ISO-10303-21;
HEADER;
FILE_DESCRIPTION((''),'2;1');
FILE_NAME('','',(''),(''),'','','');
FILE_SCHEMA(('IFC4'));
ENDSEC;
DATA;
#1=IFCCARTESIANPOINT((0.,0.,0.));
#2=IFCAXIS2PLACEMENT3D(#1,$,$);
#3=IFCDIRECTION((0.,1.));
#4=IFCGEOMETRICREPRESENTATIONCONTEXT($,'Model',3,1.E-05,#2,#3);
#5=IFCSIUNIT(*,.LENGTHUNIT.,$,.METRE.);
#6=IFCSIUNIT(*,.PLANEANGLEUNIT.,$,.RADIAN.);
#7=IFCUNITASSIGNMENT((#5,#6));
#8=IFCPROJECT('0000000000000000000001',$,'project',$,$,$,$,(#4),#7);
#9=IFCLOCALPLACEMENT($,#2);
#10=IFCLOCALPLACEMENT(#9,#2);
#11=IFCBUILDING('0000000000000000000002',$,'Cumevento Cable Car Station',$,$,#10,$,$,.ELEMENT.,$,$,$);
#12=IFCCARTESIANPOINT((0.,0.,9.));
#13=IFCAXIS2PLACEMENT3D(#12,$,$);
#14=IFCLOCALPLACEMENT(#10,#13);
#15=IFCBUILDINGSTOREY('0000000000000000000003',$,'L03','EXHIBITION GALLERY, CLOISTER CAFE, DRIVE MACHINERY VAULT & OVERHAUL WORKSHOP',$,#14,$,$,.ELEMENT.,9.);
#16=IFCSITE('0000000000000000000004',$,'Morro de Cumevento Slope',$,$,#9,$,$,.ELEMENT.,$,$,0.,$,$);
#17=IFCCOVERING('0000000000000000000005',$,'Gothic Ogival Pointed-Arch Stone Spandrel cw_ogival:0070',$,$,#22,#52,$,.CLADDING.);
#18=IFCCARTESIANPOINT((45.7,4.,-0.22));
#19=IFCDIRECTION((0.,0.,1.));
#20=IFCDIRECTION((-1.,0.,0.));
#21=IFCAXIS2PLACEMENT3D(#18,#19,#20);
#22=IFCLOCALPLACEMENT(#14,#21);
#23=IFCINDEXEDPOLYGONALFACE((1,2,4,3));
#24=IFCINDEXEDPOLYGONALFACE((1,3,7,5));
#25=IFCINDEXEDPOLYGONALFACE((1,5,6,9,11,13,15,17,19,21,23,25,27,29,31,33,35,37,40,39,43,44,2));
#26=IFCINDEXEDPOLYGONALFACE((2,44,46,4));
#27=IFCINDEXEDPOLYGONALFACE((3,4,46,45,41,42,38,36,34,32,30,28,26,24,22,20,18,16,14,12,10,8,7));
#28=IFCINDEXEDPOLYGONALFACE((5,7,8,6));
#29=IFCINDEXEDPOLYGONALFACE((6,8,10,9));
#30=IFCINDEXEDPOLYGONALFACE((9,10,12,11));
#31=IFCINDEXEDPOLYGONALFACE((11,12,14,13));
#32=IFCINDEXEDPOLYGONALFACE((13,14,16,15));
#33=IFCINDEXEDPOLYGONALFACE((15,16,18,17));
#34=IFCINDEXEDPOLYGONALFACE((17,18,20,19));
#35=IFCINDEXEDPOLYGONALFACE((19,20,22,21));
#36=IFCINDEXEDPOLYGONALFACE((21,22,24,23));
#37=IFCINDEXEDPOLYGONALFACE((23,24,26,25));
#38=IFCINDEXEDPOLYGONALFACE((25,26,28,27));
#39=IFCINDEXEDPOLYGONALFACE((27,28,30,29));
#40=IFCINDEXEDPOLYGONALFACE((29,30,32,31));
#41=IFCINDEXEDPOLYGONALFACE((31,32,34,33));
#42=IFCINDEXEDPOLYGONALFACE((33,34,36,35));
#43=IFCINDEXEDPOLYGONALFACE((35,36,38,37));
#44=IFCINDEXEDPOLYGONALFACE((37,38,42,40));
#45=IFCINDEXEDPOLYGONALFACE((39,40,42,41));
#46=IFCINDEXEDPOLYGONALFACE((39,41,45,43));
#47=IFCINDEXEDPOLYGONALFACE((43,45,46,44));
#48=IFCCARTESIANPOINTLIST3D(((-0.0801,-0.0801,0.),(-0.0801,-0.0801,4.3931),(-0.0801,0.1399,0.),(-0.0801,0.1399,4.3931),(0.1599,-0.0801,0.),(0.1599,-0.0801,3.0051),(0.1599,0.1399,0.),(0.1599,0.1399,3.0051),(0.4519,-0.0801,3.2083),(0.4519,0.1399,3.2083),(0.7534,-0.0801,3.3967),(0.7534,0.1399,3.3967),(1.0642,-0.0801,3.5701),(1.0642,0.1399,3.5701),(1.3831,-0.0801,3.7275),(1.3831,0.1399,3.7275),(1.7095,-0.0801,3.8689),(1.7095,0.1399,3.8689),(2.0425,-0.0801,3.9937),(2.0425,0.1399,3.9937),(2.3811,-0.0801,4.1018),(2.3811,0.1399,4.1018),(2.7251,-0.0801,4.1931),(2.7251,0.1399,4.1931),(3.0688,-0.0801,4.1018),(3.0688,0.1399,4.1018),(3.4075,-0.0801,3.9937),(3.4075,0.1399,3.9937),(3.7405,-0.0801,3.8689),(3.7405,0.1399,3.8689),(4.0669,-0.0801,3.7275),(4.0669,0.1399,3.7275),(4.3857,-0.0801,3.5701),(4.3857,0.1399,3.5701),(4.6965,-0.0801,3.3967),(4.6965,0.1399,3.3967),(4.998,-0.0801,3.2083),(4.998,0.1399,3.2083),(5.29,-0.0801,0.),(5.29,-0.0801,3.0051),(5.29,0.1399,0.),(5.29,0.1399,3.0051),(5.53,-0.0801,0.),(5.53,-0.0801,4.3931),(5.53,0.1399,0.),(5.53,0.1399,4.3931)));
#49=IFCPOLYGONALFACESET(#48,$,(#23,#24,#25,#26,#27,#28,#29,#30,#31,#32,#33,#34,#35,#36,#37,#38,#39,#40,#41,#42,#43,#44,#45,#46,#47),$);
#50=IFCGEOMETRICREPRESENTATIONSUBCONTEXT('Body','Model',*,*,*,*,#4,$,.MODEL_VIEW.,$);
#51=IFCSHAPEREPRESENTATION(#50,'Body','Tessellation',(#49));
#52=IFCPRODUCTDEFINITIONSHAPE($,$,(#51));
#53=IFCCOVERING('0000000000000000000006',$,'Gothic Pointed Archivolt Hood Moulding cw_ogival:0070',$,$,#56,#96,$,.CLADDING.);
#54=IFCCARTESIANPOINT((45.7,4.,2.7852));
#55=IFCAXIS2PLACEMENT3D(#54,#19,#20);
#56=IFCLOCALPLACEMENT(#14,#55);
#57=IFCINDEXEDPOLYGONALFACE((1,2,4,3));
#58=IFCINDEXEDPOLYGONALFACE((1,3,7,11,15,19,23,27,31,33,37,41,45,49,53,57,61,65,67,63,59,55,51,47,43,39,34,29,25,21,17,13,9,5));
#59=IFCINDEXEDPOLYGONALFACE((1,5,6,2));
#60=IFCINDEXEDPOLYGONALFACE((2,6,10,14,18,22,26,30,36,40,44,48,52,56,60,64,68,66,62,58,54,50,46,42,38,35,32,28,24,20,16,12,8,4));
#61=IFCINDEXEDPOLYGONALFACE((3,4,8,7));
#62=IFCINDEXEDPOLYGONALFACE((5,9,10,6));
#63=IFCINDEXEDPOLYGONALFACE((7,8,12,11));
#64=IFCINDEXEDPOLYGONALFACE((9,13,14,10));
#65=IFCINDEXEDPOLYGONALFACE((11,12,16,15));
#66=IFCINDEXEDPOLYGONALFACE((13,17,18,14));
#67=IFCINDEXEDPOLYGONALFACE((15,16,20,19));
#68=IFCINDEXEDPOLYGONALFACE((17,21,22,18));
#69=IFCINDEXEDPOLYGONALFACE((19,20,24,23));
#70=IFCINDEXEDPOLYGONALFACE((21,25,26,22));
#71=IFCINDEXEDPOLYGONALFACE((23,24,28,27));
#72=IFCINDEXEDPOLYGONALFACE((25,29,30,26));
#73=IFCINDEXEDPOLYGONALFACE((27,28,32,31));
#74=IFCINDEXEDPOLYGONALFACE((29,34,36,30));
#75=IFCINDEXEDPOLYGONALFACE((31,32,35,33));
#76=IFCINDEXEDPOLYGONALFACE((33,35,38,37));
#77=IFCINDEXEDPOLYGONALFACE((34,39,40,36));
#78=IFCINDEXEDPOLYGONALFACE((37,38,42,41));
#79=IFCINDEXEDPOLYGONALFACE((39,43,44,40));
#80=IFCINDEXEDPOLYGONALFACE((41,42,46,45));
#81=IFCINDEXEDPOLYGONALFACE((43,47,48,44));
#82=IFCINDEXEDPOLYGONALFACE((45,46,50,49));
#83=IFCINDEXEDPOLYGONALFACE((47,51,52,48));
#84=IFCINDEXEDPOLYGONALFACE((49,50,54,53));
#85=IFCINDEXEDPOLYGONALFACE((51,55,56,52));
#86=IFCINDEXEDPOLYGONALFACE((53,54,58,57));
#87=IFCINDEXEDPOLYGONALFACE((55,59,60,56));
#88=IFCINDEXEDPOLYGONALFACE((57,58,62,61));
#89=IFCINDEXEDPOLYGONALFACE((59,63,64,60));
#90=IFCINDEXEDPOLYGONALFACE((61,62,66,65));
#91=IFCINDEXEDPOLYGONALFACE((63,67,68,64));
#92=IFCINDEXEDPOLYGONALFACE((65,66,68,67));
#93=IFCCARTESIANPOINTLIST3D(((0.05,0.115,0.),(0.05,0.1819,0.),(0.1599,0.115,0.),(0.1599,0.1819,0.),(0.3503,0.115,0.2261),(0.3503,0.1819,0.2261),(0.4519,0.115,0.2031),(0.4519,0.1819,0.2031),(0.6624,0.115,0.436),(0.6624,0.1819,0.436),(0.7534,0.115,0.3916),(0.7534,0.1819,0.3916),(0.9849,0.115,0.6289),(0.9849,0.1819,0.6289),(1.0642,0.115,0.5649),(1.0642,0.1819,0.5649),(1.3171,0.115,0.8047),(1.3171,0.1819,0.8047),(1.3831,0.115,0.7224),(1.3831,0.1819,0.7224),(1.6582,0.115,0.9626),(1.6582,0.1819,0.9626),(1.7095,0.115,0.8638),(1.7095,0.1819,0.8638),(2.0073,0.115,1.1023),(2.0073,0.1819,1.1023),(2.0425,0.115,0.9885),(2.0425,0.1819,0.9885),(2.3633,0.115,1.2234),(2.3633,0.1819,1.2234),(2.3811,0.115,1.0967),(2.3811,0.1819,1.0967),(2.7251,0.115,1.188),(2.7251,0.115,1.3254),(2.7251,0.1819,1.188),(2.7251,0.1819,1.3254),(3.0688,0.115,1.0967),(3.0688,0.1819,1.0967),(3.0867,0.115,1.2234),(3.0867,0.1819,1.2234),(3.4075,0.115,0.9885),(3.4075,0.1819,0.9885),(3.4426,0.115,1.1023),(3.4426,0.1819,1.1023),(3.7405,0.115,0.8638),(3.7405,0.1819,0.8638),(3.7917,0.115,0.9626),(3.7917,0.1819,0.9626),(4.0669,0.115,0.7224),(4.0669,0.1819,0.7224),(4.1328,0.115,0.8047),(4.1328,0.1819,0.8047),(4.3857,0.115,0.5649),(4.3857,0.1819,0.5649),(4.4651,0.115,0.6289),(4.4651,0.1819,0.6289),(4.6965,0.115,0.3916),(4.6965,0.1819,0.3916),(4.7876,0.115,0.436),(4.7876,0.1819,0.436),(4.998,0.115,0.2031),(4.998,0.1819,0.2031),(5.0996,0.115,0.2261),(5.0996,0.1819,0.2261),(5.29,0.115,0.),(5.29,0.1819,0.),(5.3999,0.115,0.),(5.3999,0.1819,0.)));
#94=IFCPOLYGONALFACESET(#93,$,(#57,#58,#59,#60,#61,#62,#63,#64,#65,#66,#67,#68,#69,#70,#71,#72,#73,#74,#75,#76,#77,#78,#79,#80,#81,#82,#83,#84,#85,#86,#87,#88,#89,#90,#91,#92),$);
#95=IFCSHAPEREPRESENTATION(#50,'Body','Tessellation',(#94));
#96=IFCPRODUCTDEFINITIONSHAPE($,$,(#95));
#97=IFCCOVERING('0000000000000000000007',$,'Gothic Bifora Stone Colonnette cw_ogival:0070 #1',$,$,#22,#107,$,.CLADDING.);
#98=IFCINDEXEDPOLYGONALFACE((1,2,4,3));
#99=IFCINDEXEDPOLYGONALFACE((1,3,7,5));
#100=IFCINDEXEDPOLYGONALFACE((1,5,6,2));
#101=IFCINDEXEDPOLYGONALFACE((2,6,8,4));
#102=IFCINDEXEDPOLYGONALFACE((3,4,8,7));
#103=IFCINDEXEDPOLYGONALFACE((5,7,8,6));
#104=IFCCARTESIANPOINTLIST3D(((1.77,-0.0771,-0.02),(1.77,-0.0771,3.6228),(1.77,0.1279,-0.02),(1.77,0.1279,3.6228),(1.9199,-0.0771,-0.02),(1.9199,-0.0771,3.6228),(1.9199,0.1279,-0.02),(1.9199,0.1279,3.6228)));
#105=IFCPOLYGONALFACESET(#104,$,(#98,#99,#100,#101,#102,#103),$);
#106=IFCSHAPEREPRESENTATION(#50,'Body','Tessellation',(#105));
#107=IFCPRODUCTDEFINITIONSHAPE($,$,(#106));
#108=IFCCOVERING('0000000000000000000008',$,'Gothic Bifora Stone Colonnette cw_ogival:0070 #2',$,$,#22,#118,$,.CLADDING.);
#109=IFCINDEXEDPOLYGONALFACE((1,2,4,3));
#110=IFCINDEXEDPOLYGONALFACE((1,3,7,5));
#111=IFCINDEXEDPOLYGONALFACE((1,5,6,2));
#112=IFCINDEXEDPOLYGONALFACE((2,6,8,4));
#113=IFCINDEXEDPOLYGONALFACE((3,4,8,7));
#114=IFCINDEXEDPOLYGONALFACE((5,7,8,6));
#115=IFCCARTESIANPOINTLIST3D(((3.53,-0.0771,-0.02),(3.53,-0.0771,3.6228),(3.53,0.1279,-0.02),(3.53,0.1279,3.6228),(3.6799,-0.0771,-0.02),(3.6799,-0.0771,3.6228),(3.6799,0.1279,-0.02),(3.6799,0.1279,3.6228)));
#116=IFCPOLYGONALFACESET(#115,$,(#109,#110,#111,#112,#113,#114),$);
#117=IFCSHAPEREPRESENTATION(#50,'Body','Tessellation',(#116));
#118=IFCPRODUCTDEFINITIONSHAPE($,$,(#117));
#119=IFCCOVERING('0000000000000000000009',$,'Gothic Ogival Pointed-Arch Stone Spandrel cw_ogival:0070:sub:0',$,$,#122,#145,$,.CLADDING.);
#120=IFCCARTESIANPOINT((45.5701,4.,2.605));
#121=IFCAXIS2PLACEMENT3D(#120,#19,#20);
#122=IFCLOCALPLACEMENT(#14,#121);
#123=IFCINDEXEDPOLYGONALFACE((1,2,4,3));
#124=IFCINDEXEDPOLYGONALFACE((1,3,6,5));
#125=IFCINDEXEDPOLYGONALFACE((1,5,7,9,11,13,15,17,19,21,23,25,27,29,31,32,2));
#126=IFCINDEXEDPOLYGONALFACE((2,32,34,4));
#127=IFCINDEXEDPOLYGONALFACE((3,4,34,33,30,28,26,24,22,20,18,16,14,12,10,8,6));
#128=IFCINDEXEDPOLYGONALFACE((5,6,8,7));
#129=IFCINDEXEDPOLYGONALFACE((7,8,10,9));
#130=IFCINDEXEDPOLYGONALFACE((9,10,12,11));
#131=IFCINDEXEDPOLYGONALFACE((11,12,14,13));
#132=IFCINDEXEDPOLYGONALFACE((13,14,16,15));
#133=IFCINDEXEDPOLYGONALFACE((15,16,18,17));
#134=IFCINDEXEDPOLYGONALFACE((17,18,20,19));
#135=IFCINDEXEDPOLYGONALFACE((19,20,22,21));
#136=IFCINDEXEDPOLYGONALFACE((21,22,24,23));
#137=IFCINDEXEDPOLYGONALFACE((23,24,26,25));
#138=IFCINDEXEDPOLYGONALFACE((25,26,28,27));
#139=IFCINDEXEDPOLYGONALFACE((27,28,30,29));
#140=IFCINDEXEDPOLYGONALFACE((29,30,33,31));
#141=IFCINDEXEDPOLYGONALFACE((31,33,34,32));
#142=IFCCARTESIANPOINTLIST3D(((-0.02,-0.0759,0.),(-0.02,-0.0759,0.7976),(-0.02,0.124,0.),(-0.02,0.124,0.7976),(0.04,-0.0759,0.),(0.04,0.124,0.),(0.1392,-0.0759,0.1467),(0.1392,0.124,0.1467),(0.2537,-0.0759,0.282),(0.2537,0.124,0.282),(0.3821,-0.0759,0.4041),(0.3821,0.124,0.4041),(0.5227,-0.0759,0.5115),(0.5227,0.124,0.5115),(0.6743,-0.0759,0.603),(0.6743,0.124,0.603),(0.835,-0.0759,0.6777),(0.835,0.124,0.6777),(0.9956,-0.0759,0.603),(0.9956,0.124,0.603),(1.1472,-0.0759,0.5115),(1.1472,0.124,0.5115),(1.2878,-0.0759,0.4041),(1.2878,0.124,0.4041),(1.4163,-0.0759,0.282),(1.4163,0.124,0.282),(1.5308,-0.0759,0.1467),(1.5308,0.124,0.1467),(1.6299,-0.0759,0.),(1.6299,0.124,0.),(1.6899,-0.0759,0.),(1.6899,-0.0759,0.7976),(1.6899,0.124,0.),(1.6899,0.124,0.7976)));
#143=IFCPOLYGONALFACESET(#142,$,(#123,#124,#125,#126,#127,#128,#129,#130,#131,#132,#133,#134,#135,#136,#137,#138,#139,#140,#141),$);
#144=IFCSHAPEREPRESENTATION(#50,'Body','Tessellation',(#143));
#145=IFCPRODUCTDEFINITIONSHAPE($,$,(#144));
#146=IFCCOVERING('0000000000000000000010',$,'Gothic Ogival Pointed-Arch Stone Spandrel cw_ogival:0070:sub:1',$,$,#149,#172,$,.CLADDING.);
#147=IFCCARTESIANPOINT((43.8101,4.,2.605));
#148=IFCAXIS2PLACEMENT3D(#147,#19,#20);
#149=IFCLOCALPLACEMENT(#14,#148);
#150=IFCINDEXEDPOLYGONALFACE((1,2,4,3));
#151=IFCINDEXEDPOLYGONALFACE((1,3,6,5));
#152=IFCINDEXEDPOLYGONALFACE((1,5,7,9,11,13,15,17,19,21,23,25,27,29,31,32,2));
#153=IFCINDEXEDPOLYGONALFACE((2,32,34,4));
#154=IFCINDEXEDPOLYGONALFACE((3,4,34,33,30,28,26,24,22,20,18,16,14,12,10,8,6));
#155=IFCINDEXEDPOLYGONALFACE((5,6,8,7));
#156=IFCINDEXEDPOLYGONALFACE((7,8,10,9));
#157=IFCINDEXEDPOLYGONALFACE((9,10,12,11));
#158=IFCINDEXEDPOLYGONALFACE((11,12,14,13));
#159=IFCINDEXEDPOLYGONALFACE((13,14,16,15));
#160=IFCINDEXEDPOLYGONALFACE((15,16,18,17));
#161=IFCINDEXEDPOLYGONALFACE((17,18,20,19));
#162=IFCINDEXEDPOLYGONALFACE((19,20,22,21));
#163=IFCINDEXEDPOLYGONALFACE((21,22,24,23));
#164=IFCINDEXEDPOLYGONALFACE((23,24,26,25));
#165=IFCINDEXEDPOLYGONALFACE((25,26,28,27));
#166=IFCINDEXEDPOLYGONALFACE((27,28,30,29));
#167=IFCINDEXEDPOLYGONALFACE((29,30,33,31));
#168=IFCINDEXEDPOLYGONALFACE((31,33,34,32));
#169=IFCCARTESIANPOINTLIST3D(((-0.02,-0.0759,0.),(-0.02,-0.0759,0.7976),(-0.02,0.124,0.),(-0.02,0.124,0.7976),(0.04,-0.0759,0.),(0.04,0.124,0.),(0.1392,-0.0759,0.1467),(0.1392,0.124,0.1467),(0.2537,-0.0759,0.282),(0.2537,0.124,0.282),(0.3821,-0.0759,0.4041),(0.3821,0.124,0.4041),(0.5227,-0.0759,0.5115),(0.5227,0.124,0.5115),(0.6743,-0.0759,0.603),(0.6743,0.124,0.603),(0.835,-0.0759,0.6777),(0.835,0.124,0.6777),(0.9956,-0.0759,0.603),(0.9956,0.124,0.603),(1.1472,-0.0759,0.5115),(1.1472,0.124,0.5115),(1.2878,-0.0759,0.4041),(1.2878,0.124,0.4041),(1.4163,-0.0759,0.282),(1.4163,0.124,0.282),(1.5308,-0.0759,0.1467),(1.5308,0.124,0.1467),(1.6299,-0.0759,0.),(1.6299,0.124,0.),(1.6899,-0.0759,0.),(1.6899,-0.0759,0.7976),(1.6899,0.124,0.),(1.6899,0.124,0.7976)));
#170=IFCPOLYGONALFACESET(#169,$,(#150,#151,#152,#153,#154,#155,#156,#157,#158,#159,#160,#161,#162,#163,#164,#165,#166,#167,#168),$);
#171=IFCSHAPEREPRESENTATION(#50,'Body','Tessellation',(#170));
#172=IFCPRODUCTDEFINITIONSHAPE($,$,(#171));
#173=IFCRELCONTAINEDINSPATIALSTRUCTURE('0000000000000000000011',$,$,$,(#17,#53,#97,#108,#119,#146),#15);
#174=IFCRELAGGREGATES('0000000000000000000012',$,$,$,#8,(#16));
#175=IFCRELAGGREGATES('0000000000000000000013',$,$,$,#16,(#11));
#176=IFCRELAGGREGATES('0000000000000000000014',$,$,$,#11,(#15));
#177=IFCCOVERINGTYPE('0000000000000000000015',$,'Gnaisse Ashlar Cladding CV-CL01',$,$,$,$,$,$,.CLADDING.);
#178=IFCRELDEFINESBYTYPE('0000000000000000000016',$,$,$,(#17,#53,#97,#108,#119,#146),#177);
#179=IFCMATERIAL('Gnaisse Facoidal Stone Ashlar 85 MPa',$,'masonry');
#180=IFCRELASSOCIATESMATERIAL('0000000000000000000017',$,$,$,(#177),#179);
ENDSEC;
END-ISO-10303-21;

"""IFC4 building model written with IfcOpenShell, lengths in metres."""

from ifc_helpers import new_model, si_unit, direction, frame, origin, place, context, subcontext, project, spatial, polyline, outline, extrude, material, type_object, element, save


model = new_model("IFC4")

# Units and contexts
model_context = context("Model", 3, precision=1e-05, world=origin(), true_north=direction((0.0, 1.0)))
body_context = subcontext(model_context, "Body", "Model", "MODEL_VIEW")
ifc_project = project(units=[si_unit("LENGTHUNIT", "METRE"), si_unit("PLANEANGLEUNIT", "RADIAN")], contexts=[model_context])

# Site, building, storey
site_placement = place(None, origin())
site = spatial("IfcSite", under=ifc_project, at=site_placement, Name="Morro de Cumevento Slope", CompositionType="ELEMENT", RefElevation=0.0)
building_placement = place(site_placement, origin())
building = spatial("IfcBuilding", under=site, at=building_placement, Name="Cumevento Cable Car Station", CompositionType="ELEMENT")
storey_placement = place(building_placement, frame((0.0, 0.0, 9.0)))
storey = spatial("IfcBuildingStorey", under=building, at=storey_placement, Name="L03", Description="EXHIBITION GALLERY, CLOISTER CAFE, DRIVE MACHINERY VAULT & OVERHAUL WORKSHOP", CompositionType="ELEMENT", Elevation=9.0)

# Coverings
ifc_material_1 = material(Name="Gnaisse Facoidal Stone Ashlar 85 MPa", Category="masonry")
covering_type = type_object("IfcCoveringType", Name="Gnaisse Ashlar Cladding CV-CL01", PredefinedType="CLADDING", material=ifc_material_1)
placement = place(storey_placement, frame((45.7, 4.0, -0.22), z_axis=(0.0, 0.0, 1.0), x_axis=(-1.0, 0.0, 0.0)))
element("IfcCovering", 1, at=placement, inside=storey, type_object=covering_type, Name="Gothic Ogival Pointed-Arch Stone Spandrel cw_ogival:0070", PredefinedType="CLADDING", context=body_context, shape_type="SweptSolid", body=[
    extrude(outline(polyline([(-0.0801, 0.0), (-0.0801, 4.3931), (5.53, 4.3931), (5.53, 0.0), (5.29, 0.0), (5.29, 3.0051), (4.998, 3.2083), (4.6965, 3.3967), (4.3857, 3.5701), (4.0669, 3.7275), (3.7405, 3.8689), (3.4075, 3.9937), (3.0688, 4.1018), (2.7251, 4.1931), (2.3811, 4.1018), (2.0425, 3.9937), (1.7095, 3.8689), (1.3831, 3.7275), (1.0642, 3.5701), (0.7534, 3.3967), (0.4519, 3.2083), (0.1599, 3.0051), (0.1599, 0.0), (-0.0801, 0.0)])), frame((0.0, 0.1399, 0.0), z_axis=(0.0, -1.0, 0.0), x_axis=(1.0, 0.0, 0.0)), (0.0, 0.0, 1.0), 0.22),
])
covering_1_placement = place(storey_placement, frame((45.7, 4.0, 2.7852), z_axis=(0.0, 0.0, 1.0), x_axis=(-1.0, 0.0, 0.0)))
element("IfcCovering", 2, at=covering_1_placement, inside=storey, type_object=covering_type, Name="Gothic Pointed Archivolt Hood Moulding cw_ogival:0070", PredefinedType="CLADDING", context=body_context, shape_type="SweptSolid", body=[
    extrude(outline(polyline([(0.1599, 0.0), (0.4519, 0.2031), (0.7534, 0.3916), (1.0642, 0.5649), (1.3831, 0.7224), (1.7095, 0.8638), (2.0425, 0.9885), (2.3811, 1.0967), (2.7251, 1.188), (3.0688, 1.0967), (3.4075, 0.9885), (3.7405, 0.8638), (4.0669, 0.7224), (4.3857, 0.5649), (4.6965, 0.3916), (4.998, 0.2031), (5.29, 0.0), (5.3999, 0.0), (5.0996, 0.2261), (4.7876, 0.436), (4.4651, 0.6289), (4.1328, 0.8047), (3.7917, 0.9626), (3.4426, 1.1023), (3.0867, 1.2234), (2.7251, 1.3254), (2.3633, 1.2234), (2.0073, 1.1023), (1.6582, 0.9626), (1.3171, 0.8047), (0.9849, 0.6289), (0.6624, 0.436), (0.3503, 0.2261), (0.05, 0.0), (0.1599, 0.0)])), frame((0.0, 0.1819, 0.0), z_axis=(0.0, -1.0, 0.0), x_axis=(1.0, 0.0, 0.0)), (0.0, 0.0, 1.0), 0.0669),
])
element("IfcCovering", 3, at=placement, inside=storey, type_object=covering_type, Name="Gothic Bifora Stone Colonnette cw_ogival:0070 #1", PredefinedType="CLADDING", context=body_context, shape_type="SweptSolid", body=[
    extrude(outline(polyline([(1.77, -0.02), (1.9199, -0.02), (1.9199, 3.6228), (1.77, 3.6228), (1.77, -0.02)])), frame((0.0, 0.1279, 0.0), z_axis=(0.0, -1.0, 0.0), x_axis=(1.0, 0.0, 0.0)), (0.0, 0.0, 1.0), 0.2051),
])
element("IfcCovering", 4, at=placement, inside=storey, type_object=covering_type, Name="Gothic Bifora Stone Colonnette cw_ogival:0070 #2", PredefinedType="CLADDING", context=body_context, shape_type="SweptSolid", body=[
    extrude(outline(polyline([(3.53, -0.02), (3.6799, -0.02), (3.6799, 3.6228), (3.53, 3.6228), (3.53, -0.02)])), frame((0.0, 0.1279, 0.0), z_axis=(0.0, -1.0, 0.0), x_axis=(1.0, 0.0, 0.0)), (0.0, 0.0, 1.0), 0.2051),
])
for number, where, z_axis, x_axis, name in (
    (5, (45.5701, 4.0, 2.605), (0.0, 0.0, 1.0), (-1.0, 0.0, 0.0), "Gothic Ogival Pointed-Arch Stone Spandrel cw_ogival:0070:sub:0"),
    (6, (43.8101, 4.0, 2.605), (0.0, 0.0, 1.0), (-1.0, 0.0, 0.0), "Gothic Ogival Pointed-Arch Stone Spandrel cw_ogival:0070:sub:1"),
):
    element("IfcCovering", number, at=place(storey_placement, frame(where, z_axis=z_axis, x_axis=x_axis)), inside=storey, type_object=covering_type, Name=name, PredefinedType="CLADDING", context=body_context, shape_type="SweptSolid", body=[
        extrude(outline(polyline([(-0.02, 0.0), (-0.02, 0.7976), (1.6899, 0.7976), (1.6899, 0.0), (1.6299, 0.0), (1.5308, 0.1467), (1.4163, 0.282), (1.2878, 0.4041), (1.1472, 0.5115), (0.9956, 0.603), (0.835, 0.6777), (0.6743, 0.603), (0.5227, 0.5115), (0.3821, 0.4041), (0.2537, 0.282), (0.1392, 0.1467), (0.04, 0.0), (-0.02, 0.0)])), frame((0.0, 0.124, 0.0), z_axis=(0.0, -1.0, 0.0), x_axis=(1.0, 0.0, 0.0)), (0.0, 0.0, 1.0), 0.2),
    ])

save(model, "model.ifc")
